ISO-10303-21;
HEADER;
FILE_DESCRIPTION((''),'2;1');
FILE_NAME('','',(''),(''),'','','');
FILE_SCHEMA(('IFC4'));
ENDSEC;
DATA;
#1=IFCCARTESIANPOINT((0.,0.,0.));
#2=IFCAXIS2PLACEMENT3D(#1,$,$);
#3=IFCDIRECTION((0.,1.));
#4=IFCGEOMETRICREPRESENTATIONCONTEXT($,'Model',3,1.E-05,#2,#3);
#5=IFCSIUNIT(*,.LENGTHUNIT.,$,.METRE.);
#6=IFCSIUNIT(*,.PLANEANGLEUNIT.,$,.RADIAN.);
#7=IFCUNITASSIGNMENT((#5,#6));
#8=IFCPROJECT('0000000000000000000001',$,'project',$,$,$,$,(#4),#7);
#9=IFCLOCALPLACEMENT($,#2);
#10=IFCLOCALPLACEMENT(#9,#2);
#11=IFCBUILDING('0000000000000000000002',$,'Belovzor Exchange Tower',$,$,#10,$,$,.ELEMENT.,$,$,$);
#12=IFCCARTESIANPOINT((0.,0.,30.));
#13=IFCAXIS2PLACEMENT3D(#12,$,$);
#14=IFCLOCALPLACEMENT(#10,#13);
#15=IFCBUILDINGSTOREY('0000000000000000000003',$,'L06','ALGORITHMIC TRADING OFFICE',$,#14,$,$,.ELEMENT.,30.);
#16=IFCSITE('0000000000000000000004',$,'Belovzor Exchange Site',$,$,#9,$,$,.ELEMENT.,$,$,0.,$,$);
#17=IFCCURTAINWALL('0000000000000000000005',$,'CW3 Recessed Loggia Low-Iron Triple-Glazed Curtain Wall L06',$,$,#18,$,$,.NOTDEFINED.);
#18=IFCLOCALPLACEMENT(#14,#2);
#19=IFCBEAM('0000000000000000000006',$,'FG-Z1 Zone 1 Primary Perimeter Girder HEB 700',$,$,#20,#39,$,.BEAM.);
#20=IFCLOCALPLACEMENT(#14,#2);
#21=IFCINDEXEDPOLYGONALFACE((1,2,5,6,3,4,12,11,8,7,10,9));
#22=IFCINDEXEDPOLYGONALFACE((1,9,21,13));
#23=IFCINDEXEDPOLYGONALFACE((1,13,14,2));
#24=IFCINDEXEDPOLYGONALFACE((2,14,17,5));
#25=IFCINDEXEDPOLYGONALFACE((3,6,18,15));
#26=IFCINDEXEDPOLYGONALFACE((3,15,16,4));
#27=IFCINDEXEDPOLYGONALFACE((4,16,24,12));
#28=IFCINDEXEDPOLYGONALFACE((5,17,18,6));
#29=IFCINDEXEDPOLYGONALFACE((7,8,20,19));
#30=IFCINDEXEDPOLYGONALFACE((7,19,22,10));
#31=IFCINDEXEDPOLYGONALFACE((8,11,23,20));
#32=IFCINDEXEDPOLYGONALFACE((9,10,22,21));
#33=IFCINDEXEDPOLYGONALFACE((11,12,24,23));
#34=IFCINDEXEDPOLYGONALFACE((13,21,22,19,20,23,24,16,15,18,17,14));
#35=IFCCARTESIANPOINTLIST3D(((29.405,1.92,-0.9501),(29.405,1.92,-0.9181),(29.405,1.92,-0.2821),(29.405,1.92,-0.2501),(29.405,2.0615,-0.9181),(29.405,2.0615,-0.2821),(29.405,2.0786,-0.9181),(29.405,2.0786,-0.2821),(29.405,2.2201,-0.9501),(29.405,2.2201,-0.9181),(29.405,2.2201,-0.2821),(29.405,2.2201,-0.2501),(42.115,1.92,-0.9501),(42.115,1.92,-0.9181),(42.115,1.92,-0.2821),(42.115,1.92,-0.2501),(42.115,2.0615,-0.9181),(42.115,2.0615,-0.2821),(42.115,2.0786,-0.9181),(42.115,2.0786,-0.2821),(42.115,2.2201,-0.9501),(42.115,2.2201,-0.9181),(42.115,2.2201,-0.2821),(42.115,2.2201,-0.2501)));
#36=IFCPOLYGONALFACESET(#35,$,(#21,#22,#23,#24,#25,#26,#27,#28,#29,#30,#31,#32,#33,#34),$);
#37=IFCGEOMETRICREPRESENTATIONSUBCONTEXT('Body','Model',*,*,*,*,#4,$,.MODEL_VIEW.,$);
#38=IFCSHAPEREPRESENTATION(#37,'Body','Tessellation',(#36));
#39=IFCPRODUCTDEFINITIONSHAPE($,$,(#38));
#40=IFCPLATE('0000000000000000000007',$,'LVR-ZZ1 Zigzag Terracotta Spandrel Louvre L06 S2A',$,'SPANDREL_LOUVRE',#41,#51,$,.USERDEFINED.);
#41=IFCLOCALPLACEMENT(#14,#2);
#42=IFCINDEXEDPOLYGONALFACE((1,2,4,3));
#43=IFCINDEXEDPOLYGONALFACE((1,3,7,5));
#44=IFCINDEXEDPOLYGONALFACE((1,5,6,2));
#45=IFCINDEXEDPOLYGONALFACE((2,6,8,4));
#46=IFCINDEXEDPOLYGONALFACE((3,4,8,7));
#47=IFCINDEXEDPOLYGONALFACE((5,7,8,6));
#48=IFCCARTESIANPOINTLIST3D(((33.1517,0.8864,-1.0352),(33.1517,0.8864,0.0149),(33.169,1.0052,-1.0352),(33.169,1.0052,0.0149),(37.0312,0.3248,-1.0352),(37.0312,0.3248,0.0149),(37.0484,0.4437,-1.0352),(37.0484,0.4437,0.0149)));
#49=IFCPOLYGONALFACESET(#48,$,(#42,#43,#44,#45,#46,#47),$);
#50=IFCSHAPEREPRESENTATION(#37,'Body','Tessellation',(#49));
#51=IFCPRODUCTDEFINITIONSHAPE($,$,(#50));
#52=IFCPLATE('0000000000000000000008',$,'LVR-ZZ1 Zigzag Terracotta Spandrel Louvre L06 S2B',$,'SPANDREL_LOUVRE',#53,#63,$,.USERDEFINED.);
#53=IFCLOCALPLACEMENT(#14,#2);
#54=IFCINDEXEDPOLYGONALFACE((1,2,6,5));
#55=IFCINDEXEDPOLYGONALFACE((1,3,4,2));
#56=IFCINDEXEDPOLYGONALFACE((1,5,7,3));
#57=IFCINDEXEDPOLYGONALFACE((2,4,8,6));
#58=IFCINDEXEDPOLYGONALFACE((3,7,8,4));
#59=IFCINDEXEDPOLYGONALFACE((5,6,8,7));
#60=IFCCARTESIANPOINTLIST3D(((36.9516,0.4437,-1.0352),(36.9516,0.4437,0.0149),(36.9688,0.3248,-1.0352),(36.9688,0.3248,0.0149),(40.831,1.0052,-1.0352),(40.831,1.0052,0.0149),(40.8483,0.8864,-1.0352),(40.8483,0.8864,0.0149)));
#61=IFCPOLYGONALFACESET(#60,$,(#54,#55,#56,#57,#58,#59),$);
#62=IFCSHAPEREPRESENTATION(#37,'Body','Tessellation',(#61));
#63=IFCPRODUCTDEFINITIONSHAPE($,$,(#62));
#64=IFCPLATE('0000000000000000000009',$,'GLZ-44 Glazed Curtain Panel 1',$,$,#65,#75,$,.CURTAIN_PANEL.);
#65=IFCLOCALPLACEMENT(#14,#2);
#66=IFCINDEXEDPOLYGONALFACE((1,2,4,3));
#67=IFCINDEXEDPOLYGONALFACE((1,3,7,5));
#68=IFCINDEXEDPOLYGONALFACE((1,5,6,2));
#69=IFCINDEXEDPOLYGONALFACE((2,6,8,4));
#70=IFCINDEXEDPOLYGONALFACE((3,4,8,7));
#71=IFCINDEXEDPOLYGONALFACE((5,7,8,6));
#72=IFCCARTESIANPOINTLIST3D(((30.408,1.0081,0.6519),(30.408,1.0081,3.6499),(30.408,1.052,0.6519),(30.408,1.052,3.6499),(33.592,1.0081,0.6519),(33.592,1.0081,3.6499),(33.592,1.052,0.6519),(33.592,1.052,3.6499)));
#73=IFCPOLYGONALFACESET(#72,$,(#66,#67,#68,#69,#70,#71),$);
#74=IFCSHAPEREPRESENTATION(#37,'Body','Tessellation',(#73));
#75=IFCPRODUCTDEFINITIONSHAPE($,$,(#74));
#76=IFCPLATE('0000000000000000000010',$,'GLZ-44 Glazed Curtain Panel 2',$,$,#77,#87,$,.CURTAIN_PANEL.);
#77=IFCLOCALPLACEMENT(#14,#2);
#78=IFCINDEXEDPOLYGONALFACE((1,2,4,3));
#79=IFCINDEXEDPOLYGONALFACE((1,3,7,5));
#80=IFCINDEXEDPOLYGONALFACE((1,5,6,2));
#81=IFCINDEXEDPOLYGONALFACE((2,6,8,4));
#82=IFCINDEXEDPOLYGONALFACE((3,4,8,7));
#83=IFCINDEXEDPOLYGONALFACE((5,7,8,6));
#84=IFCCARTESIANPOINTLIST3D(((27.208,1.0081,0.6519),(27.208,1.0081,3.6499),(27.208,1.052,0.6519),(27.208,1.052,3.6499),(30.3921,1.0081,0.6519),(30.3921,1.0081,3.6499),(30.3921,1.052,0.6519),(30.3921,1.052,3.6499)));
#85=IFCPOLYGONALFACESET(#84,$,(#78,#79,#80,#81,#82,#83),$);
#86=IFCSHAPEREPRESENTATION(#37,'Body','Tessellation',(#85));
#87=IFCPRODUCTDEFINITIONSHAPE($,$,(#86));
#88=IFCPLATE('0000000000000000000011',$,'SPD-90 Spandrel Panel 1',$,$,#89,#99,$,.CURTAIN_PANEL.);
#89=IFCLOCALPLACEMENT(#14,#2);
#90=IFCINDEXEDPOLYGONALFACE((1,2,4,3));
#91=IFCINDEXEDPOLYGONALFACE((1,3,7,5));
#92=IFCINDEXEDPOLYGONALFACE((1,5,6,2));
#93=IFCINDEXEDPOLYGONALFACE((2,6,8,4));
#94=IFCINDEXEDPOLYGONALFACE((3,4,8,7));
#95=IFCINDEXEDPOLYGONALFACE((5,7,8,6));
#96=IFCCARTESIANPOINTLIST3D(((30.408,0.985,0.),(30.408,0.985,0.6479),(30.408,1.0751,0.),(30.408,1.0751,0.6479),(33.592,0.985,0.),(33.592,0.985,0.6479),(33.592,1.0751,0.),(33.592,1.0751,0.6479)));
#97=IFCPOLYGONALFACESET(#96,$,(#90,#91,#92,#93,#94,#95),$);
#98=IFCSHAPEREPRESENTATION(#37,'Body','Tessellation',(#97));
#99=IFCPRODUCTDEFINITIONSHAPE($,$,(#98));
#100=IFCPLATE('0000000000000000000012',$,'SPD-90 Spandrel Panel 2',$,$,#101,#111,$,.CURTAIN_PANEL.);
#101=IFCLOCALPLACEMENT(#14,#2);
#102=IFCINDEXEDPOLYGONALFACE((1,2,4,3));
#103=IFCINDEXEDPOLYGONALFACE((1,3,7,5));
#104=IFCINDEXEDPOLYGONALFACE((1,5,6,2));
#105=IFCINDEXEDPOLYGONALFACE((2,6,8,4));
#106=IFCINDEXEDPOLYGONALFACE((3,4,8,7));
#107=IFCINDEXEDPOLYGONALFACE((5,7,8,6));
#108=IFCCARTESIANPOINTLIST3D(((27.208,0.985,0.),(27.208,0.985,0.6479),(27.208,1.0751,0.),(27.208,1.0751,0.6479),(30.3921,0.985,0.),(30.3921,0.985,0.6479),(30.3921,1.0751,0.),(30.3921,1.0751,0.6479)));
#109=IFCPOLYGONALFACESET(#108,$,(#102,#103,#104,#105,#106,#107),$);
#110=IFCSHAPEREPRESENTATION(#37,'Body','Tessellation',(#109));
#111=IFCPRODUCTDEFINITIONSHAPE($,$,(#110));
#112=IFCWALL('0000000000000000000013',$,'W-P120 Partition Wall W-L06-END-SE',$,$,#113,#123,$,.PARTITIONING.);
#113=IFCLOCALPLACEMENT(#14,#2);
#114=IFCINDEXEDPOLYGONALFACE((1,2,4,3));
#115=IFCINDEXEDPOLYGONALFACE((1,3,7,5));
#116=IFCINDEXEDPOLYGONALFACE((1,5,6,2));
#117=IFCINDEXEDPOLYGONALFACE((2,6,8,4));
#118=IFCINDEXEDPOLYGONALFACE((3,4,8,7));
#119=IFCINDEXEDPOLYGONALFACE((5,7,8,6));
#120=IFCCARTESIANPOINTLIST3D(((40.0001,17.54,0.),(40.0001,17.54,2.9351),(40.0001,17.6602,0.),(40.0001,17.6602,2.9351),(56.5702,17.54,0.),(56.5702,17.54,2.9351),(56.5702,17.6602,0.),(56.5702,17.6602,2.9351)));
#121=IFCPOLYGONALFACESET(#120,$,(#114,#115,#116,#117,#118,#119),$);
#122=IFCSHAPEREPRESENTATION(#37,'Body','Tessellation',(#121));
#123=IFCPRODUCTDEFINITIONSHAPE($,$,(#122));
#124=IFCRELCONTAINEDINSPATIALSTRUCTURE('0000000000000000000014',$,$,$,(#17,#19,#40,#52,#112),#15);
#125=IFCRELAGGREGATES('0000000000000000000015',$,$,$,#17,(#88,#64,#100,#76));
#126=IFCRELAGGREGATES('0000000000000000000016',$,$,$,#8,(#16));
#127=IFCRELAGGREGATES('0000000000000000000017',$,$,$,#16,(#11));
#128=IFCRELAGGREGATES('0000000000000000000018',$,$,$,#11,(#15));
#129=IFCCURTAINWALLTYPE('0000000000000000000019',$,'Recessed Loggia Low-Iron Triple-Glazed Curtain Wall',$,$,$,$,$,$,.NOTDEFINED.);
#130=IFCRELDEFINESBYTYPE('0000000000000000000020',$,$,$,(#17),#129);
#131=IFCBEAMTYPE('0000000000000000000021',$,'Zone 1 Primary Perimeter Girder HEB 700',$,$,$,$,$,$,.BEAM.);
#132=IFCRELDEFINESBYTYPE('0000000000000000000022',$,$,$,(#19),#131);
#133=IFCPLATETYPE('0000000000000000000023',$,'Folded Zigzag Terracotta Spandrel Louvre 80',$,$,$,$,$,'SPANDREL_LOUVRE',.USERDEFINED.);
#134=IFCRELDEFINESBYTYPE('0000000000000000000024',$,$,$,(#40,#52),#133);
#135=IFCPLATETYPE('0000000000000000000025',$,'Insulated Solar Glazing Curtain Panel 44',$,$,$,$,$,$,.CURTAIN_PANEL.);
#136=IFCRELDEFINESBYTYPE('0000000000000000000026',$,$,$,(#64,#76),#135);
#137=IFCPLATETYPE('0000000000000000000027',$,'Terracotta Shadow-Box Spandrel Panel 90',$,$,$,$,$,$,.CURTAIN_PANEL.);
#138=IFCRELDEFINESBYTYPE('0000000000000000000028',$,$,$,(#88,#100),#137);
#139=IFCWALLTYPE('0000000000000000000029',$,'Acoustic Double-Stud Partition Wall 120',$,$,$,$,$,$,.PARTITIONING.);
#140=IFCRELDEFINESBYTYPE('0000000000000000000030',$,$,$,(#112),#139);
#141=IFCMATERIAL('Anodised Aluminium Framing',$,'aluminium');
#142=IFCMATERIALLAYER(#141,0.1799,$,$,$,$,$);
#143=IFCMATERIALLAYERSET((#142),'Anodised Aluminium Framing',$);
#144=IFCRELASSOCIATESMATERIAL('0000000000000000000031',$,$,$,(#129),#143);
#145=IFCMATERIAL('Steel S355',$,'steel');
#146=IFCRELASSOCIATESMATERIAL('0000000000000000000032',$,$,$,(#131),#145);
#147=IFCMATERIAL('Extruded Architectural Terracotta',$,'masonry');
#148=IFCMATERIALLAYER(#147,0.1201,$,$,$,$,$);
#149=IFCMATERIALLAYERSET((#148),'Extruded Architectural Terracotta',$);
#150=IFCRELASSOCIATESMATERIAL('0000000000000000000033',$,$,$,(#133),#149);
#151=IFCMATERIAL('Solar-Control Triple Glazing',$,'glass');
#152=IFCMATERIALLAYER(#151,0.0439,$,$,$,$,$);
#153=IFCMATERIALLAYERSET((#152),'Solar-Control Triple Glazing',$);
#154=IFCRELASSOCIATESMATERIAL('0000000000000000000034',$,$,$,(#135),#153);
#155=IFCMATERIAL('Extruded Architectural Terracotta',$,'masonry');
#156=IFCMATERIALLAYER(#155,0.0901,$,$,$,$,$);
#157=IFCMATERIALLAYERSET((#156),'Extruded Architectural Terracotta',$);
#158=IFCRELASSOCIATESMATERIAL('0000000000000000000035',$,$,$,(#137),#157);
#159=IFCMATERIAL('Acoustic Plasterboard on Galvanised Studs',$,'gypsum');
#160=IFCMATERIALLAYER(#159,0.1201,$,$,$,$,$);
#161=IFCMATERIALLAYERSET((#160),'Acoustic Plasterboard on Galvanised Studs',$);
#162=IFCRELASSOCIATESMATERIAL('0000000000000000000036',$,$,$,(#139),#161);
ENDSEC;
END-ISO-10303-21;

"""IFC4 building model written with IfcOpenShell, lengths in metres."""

from ifc_helpers import new_model, si_unit, direction, frame, frame_2d, origin, origin_2d, place, context, subcontext, project, spatial, rectangle, i_section, extrude, material, layer, layer_set, material_profile, profile_set, type_object, element, aggregate, save


model = new_model("IFC4")

# Units and contexts
model_context = context("Model", 3, precision=1e-05, world=origin(), true_north=direction((0.0, 1.0)))
body_context = subcontext(model_context, "Body", "Model", "MODEL_VIEW")
ifc_project = project(units=[si_unit("LENGTHUNIT", "METRE"), si_unit("PLANEANGLEUNIT", "RADIAN")], contexts=[model_context])

# Site, building, storey
site_placement = place(None, origin())
site = spatial("IfcSite", under=ifc_project, at=site_placement, Name="Belovzor Exchange Site", CompositionType="ELEMENT", RefElevation=0.0)
building_placement = place(site_placement, origin())
building = spatial("IfcBuilding", under=site, at=building_placement, Name="Belovzor Exchange Tower", CompositionType="ELEMENT")
storey_placement = place(building_placement, frame((0.0, 0.0, 30.0)))
storey = spatial("IfcBuildingStorey", under=building, at=storey_placement, Name="L06", Description="ALGORITHMIC TRADING OFFICE", CompositionType="ELEMENT", Elevation=30.0)

# Curtain wall
ifc_material_1 = material(Name="Anodised Aluminium Framing", Category="aluminium")
ifc_layer_1 = layer(ifc_material_1, 0.1799)
ifc_layer_set_1 = layer_set([ifc_layer_1], Name="Anodised Aluminium Framing")
curtain_wall_type = type_object("IfcCurtainWallType", Name="Recessed Loggia Low-Iron Triple-Glazed Curtain Wall", PredefinedType="NOTDEFINED", material=ifc_layer_set_1)
curtain_wall_placement = place(storey_placement, origin())
curtain_wall = element("IfcCurtainWall", 1, at=curtain_wall_placement, inside=storey, type_object=curtain_wall_type, Name="CW3 Recessed Loggia Low-Iron Triple-Glazed Curtain Wall L06", PredefinedType="NOTDEFINED")

# Beam
ifc_material_2 = material(Name="Steel S355", Category="steel")
ifc_material_profile_1 = material_profile(ifc_material_2, i_section(OverallWidth=0.3, OverallDepth=0.7, WebThickness=0.0171, FlangeThickness=0.032, at=origin_2d()))
ifc_profile_set_1 = profile_set([ifc_material_profile_1], Name="Steel S355")
beam_type_1 = type_object("IfcBeamType", Name="Zone 1 Primary Perimeter Girder HEB 700", PredefinedType="BEAM", material=ifc_profile_set_1)
beam_1_placement = place(storey_placement, frame((29.405, 2.0701, -0.6001), z_axis=(1.0, 0.0, 0.0), x_axis=(0.0, 1.0, 0.0)))
element("IfcBeam", 2, at=beam_1_placement, inside=storey, type_object=beam_type_1, Name="FG-Z1 Zone 1 Primary Perimeter Girder HEB 700", PredefinedType="BEAM", context=body_context, shape_type="SweptSolid", body=[
    extrude(i_section(OverallWidth=0.3, OverallDepth=0.7, WebThickness=0.0171, FlangeThickness=0.032, at=origin_2d()), origin(), (0.0, 0.0, 1.0), 12.71),
])

# Plates
ifc_material_3 = material(Name="Extruded Architectural Terracotta", Category="masonry")
ifc_layer_2 = layer(ifc_material_3, 0.1201)
ifc_layer_set_2 = layer_set([ifc_layer_2], Name="Extruded Architectural Terracotta")
plate_type_1 = type_object("IfcPlateType", Name="Folded Zigzag Terracotta Spandrel Louvre 80", ElementType="SPANDREL_LOUVRE", PredefinedType="USERDEFINED", material=ifc_layer_set_2)
for number, where, z_axis, x_axis, name in (
    (3, (35.1001, 0.665, -1.0352), (0.0, 0.0, 1.0), (0.989686, -0.143251, 0.0), "LVR-ZZ1 Zigzag Terracotta Spandrel Louvre L06 S2A"),
    (4, (38.8999, 0.665, -1.0352), (0.0, 0.0, 1.0), (0.989686, 0.143251, 0.0), "LVR-ZZ1 Zigzag Terracotta Spandrel Louvre L06 S2B"),
):
    element("IfcPlate", number, at=place(storey_placement, frame(where, z_axis=z_axis, x_axis=x_axis)), inside=storey, type_object=plate_type_1, Name=name, ObjectType="SPANDREL_LOUVRE", PredefinedType="USERDEFINED", context=body_context, shape_type="SweptSolid", body=[
        extrude(rectangle(XDim=3.9199, YDim=0.1201, at=origin_2d()), origin(), (0.0, 0.0, 1.0), 1.05),
    ])

# Plates
ifc_material_4 = material(Name="Solar-Control Triple Glazing", Category="glass")
ifc_layer_3 = layer(ifc_material_4, 0.0439)
ifc_layer_set_3 = layer_set([ifc_layer_3], Name="Solar-Control Triple Glazing")
plate_type_2 = type_object("IfcPlateType", Name="Insulated Solar Glazing Curtain Panel 44", PredefinedType="CURTAIN_PANEL", material=ifc_layer_set_3)
plate_1_placement = place(storey_placement, frame((32.0, 1.03, 0.6519), z_axis=(0.0, 0.0, 1.0), x_axis=(-1.0, 0.0, 0.0)))
plate_1 = element("IfcPlate", 5, at=plate_1_placement, type_object=plate_type_2, Name="GLZ-44 Glazed Curtain Panel 1", PredefinedType="CURTAIN_PANEL", context=body_context, shape_type="SweptSolid", body=[
    extrude(rectangle(XDim=3.1841, YDim=0.0439, at=origin_2d()), origin(), (0.0, 0.0, 1.0), 2.998),
])
plate_2_placement = place(storey_placement, frame((28.8, 1.03, 0.6519), z_axis=(0.0, 0.0, 1.0), x_axis=(-1.0, 0.0, 0.0)))
plate_2 = element("IfcPlate", 6, at=plate_2_placement, type_object=plate_type_2, Name="GLZ-44 Glazed Curtain Panel 2", PredefinedType="CURTAIN_PANEL", context=body_context, shape_type="SweptSolid", body=[
    extrude(rectangle(XDim=3.1841, YDim=0.0439, at=origin_2d()), origin(), (0.0, 0.0, 1.0), 2.998),
])
ifc_material_5 = material(Name="Extruded Architectural Terracotta", Category="masonry")
ifc_layer_4 = layer(ifc_material_5, 0.0901)
ifc_layer_set_4 = layer_set([ifc_layer_4], Name="Extruded Architectural Terracotta")
plate_type_3 = type_object("IfcPlateType", Name="Terracotta Shadow-Box Spandrel Panel 90", PredefinedType="CURTAIN_PANEL", material=ifc_layer_set_4)
plate_3_placement = place(storey_placement, frame((32.0, 1.03, 0.0), z_axis=(0.0, 0.0, 1.0), x_axis=(-1.0, 0.0, 0.0)))
plate_3 = element("IfcPlate", 7, at=plate_3_placement, type_object=plate_type_3, Name="SPD-90 Spandrel Panel 1", PredefinedType="CURTAIN_PANEL", context=body_context, shape_type="SweptSolid", body=[
    extrude(rectangle(XDim=3.1841, YDim=0.0901, at=origin_2d()), origin(), (0.0, 0.0, 1.0), 0.6479),
])
plate_4_placement = place(storey_placement, frame((28.8, 1.03, 0.0), z_axis=(0.0, 0.0, 1.0), x_axis=(-1.0, 0.0, 0.0)))
plate_4 = element("IfcPlate", 8, at=plate_4_placement, type_object=plate_type_3, Name="SPD-90 Spandrel Panel 2", PredefinedType="CURTAIN_PANEL", context=body_context, shape_type="SweptSolid", body=[
    extrude(rectangle(XDim=3.1841, YDim=0.0901, at=origin_2d()), origin(), (0.0, 0.0, 1.0), 0.6479),
])
aggregate(curtain_wall, [plate_3, plate_1, plate_4, plate_2])

# Wall
ifc_material_6 = material(Name="Acoustic Plasterboard on Galvanised Studs", Category="gypsum")
ifc_layer_5 = layer(ifc_material_6, 0.1201)
ifc_layer_set_5 = layer_set([ifc_layer_5], Name="Acoustic Plasterboard on Galvanised Studs")
wall_type_1 = type_object("IfcWallType", Name="Acoustic Double-Stud Partition Wall 120", PredefinedType="PARTITIONING", material=ifc_layer_set_5)
wall_1_placement = place(storey_placement, frame((40.0, 17.6001, 0.0), z_axis=(0.0, 0.0, 1.0), x_axis=(1.0, 0.0, 0.0)))
element("IfcWall", 9, at=wall_1_placement, inside=storey, type_object=wall_type_1, Name="W-P120 Partition Wall W-L06-END-SE", PredefinedType="PARTITIONING", context=body_context, shape_type="SweptSolid", body=[
    extrude(rectangle(XDim=16.5701, YDim=0.1201, at=frame_2d((8.2852, 0.0))), origin(), (0.0, 0.0, 1.0), 2.9351),
])

save(model, "model.ifc")
